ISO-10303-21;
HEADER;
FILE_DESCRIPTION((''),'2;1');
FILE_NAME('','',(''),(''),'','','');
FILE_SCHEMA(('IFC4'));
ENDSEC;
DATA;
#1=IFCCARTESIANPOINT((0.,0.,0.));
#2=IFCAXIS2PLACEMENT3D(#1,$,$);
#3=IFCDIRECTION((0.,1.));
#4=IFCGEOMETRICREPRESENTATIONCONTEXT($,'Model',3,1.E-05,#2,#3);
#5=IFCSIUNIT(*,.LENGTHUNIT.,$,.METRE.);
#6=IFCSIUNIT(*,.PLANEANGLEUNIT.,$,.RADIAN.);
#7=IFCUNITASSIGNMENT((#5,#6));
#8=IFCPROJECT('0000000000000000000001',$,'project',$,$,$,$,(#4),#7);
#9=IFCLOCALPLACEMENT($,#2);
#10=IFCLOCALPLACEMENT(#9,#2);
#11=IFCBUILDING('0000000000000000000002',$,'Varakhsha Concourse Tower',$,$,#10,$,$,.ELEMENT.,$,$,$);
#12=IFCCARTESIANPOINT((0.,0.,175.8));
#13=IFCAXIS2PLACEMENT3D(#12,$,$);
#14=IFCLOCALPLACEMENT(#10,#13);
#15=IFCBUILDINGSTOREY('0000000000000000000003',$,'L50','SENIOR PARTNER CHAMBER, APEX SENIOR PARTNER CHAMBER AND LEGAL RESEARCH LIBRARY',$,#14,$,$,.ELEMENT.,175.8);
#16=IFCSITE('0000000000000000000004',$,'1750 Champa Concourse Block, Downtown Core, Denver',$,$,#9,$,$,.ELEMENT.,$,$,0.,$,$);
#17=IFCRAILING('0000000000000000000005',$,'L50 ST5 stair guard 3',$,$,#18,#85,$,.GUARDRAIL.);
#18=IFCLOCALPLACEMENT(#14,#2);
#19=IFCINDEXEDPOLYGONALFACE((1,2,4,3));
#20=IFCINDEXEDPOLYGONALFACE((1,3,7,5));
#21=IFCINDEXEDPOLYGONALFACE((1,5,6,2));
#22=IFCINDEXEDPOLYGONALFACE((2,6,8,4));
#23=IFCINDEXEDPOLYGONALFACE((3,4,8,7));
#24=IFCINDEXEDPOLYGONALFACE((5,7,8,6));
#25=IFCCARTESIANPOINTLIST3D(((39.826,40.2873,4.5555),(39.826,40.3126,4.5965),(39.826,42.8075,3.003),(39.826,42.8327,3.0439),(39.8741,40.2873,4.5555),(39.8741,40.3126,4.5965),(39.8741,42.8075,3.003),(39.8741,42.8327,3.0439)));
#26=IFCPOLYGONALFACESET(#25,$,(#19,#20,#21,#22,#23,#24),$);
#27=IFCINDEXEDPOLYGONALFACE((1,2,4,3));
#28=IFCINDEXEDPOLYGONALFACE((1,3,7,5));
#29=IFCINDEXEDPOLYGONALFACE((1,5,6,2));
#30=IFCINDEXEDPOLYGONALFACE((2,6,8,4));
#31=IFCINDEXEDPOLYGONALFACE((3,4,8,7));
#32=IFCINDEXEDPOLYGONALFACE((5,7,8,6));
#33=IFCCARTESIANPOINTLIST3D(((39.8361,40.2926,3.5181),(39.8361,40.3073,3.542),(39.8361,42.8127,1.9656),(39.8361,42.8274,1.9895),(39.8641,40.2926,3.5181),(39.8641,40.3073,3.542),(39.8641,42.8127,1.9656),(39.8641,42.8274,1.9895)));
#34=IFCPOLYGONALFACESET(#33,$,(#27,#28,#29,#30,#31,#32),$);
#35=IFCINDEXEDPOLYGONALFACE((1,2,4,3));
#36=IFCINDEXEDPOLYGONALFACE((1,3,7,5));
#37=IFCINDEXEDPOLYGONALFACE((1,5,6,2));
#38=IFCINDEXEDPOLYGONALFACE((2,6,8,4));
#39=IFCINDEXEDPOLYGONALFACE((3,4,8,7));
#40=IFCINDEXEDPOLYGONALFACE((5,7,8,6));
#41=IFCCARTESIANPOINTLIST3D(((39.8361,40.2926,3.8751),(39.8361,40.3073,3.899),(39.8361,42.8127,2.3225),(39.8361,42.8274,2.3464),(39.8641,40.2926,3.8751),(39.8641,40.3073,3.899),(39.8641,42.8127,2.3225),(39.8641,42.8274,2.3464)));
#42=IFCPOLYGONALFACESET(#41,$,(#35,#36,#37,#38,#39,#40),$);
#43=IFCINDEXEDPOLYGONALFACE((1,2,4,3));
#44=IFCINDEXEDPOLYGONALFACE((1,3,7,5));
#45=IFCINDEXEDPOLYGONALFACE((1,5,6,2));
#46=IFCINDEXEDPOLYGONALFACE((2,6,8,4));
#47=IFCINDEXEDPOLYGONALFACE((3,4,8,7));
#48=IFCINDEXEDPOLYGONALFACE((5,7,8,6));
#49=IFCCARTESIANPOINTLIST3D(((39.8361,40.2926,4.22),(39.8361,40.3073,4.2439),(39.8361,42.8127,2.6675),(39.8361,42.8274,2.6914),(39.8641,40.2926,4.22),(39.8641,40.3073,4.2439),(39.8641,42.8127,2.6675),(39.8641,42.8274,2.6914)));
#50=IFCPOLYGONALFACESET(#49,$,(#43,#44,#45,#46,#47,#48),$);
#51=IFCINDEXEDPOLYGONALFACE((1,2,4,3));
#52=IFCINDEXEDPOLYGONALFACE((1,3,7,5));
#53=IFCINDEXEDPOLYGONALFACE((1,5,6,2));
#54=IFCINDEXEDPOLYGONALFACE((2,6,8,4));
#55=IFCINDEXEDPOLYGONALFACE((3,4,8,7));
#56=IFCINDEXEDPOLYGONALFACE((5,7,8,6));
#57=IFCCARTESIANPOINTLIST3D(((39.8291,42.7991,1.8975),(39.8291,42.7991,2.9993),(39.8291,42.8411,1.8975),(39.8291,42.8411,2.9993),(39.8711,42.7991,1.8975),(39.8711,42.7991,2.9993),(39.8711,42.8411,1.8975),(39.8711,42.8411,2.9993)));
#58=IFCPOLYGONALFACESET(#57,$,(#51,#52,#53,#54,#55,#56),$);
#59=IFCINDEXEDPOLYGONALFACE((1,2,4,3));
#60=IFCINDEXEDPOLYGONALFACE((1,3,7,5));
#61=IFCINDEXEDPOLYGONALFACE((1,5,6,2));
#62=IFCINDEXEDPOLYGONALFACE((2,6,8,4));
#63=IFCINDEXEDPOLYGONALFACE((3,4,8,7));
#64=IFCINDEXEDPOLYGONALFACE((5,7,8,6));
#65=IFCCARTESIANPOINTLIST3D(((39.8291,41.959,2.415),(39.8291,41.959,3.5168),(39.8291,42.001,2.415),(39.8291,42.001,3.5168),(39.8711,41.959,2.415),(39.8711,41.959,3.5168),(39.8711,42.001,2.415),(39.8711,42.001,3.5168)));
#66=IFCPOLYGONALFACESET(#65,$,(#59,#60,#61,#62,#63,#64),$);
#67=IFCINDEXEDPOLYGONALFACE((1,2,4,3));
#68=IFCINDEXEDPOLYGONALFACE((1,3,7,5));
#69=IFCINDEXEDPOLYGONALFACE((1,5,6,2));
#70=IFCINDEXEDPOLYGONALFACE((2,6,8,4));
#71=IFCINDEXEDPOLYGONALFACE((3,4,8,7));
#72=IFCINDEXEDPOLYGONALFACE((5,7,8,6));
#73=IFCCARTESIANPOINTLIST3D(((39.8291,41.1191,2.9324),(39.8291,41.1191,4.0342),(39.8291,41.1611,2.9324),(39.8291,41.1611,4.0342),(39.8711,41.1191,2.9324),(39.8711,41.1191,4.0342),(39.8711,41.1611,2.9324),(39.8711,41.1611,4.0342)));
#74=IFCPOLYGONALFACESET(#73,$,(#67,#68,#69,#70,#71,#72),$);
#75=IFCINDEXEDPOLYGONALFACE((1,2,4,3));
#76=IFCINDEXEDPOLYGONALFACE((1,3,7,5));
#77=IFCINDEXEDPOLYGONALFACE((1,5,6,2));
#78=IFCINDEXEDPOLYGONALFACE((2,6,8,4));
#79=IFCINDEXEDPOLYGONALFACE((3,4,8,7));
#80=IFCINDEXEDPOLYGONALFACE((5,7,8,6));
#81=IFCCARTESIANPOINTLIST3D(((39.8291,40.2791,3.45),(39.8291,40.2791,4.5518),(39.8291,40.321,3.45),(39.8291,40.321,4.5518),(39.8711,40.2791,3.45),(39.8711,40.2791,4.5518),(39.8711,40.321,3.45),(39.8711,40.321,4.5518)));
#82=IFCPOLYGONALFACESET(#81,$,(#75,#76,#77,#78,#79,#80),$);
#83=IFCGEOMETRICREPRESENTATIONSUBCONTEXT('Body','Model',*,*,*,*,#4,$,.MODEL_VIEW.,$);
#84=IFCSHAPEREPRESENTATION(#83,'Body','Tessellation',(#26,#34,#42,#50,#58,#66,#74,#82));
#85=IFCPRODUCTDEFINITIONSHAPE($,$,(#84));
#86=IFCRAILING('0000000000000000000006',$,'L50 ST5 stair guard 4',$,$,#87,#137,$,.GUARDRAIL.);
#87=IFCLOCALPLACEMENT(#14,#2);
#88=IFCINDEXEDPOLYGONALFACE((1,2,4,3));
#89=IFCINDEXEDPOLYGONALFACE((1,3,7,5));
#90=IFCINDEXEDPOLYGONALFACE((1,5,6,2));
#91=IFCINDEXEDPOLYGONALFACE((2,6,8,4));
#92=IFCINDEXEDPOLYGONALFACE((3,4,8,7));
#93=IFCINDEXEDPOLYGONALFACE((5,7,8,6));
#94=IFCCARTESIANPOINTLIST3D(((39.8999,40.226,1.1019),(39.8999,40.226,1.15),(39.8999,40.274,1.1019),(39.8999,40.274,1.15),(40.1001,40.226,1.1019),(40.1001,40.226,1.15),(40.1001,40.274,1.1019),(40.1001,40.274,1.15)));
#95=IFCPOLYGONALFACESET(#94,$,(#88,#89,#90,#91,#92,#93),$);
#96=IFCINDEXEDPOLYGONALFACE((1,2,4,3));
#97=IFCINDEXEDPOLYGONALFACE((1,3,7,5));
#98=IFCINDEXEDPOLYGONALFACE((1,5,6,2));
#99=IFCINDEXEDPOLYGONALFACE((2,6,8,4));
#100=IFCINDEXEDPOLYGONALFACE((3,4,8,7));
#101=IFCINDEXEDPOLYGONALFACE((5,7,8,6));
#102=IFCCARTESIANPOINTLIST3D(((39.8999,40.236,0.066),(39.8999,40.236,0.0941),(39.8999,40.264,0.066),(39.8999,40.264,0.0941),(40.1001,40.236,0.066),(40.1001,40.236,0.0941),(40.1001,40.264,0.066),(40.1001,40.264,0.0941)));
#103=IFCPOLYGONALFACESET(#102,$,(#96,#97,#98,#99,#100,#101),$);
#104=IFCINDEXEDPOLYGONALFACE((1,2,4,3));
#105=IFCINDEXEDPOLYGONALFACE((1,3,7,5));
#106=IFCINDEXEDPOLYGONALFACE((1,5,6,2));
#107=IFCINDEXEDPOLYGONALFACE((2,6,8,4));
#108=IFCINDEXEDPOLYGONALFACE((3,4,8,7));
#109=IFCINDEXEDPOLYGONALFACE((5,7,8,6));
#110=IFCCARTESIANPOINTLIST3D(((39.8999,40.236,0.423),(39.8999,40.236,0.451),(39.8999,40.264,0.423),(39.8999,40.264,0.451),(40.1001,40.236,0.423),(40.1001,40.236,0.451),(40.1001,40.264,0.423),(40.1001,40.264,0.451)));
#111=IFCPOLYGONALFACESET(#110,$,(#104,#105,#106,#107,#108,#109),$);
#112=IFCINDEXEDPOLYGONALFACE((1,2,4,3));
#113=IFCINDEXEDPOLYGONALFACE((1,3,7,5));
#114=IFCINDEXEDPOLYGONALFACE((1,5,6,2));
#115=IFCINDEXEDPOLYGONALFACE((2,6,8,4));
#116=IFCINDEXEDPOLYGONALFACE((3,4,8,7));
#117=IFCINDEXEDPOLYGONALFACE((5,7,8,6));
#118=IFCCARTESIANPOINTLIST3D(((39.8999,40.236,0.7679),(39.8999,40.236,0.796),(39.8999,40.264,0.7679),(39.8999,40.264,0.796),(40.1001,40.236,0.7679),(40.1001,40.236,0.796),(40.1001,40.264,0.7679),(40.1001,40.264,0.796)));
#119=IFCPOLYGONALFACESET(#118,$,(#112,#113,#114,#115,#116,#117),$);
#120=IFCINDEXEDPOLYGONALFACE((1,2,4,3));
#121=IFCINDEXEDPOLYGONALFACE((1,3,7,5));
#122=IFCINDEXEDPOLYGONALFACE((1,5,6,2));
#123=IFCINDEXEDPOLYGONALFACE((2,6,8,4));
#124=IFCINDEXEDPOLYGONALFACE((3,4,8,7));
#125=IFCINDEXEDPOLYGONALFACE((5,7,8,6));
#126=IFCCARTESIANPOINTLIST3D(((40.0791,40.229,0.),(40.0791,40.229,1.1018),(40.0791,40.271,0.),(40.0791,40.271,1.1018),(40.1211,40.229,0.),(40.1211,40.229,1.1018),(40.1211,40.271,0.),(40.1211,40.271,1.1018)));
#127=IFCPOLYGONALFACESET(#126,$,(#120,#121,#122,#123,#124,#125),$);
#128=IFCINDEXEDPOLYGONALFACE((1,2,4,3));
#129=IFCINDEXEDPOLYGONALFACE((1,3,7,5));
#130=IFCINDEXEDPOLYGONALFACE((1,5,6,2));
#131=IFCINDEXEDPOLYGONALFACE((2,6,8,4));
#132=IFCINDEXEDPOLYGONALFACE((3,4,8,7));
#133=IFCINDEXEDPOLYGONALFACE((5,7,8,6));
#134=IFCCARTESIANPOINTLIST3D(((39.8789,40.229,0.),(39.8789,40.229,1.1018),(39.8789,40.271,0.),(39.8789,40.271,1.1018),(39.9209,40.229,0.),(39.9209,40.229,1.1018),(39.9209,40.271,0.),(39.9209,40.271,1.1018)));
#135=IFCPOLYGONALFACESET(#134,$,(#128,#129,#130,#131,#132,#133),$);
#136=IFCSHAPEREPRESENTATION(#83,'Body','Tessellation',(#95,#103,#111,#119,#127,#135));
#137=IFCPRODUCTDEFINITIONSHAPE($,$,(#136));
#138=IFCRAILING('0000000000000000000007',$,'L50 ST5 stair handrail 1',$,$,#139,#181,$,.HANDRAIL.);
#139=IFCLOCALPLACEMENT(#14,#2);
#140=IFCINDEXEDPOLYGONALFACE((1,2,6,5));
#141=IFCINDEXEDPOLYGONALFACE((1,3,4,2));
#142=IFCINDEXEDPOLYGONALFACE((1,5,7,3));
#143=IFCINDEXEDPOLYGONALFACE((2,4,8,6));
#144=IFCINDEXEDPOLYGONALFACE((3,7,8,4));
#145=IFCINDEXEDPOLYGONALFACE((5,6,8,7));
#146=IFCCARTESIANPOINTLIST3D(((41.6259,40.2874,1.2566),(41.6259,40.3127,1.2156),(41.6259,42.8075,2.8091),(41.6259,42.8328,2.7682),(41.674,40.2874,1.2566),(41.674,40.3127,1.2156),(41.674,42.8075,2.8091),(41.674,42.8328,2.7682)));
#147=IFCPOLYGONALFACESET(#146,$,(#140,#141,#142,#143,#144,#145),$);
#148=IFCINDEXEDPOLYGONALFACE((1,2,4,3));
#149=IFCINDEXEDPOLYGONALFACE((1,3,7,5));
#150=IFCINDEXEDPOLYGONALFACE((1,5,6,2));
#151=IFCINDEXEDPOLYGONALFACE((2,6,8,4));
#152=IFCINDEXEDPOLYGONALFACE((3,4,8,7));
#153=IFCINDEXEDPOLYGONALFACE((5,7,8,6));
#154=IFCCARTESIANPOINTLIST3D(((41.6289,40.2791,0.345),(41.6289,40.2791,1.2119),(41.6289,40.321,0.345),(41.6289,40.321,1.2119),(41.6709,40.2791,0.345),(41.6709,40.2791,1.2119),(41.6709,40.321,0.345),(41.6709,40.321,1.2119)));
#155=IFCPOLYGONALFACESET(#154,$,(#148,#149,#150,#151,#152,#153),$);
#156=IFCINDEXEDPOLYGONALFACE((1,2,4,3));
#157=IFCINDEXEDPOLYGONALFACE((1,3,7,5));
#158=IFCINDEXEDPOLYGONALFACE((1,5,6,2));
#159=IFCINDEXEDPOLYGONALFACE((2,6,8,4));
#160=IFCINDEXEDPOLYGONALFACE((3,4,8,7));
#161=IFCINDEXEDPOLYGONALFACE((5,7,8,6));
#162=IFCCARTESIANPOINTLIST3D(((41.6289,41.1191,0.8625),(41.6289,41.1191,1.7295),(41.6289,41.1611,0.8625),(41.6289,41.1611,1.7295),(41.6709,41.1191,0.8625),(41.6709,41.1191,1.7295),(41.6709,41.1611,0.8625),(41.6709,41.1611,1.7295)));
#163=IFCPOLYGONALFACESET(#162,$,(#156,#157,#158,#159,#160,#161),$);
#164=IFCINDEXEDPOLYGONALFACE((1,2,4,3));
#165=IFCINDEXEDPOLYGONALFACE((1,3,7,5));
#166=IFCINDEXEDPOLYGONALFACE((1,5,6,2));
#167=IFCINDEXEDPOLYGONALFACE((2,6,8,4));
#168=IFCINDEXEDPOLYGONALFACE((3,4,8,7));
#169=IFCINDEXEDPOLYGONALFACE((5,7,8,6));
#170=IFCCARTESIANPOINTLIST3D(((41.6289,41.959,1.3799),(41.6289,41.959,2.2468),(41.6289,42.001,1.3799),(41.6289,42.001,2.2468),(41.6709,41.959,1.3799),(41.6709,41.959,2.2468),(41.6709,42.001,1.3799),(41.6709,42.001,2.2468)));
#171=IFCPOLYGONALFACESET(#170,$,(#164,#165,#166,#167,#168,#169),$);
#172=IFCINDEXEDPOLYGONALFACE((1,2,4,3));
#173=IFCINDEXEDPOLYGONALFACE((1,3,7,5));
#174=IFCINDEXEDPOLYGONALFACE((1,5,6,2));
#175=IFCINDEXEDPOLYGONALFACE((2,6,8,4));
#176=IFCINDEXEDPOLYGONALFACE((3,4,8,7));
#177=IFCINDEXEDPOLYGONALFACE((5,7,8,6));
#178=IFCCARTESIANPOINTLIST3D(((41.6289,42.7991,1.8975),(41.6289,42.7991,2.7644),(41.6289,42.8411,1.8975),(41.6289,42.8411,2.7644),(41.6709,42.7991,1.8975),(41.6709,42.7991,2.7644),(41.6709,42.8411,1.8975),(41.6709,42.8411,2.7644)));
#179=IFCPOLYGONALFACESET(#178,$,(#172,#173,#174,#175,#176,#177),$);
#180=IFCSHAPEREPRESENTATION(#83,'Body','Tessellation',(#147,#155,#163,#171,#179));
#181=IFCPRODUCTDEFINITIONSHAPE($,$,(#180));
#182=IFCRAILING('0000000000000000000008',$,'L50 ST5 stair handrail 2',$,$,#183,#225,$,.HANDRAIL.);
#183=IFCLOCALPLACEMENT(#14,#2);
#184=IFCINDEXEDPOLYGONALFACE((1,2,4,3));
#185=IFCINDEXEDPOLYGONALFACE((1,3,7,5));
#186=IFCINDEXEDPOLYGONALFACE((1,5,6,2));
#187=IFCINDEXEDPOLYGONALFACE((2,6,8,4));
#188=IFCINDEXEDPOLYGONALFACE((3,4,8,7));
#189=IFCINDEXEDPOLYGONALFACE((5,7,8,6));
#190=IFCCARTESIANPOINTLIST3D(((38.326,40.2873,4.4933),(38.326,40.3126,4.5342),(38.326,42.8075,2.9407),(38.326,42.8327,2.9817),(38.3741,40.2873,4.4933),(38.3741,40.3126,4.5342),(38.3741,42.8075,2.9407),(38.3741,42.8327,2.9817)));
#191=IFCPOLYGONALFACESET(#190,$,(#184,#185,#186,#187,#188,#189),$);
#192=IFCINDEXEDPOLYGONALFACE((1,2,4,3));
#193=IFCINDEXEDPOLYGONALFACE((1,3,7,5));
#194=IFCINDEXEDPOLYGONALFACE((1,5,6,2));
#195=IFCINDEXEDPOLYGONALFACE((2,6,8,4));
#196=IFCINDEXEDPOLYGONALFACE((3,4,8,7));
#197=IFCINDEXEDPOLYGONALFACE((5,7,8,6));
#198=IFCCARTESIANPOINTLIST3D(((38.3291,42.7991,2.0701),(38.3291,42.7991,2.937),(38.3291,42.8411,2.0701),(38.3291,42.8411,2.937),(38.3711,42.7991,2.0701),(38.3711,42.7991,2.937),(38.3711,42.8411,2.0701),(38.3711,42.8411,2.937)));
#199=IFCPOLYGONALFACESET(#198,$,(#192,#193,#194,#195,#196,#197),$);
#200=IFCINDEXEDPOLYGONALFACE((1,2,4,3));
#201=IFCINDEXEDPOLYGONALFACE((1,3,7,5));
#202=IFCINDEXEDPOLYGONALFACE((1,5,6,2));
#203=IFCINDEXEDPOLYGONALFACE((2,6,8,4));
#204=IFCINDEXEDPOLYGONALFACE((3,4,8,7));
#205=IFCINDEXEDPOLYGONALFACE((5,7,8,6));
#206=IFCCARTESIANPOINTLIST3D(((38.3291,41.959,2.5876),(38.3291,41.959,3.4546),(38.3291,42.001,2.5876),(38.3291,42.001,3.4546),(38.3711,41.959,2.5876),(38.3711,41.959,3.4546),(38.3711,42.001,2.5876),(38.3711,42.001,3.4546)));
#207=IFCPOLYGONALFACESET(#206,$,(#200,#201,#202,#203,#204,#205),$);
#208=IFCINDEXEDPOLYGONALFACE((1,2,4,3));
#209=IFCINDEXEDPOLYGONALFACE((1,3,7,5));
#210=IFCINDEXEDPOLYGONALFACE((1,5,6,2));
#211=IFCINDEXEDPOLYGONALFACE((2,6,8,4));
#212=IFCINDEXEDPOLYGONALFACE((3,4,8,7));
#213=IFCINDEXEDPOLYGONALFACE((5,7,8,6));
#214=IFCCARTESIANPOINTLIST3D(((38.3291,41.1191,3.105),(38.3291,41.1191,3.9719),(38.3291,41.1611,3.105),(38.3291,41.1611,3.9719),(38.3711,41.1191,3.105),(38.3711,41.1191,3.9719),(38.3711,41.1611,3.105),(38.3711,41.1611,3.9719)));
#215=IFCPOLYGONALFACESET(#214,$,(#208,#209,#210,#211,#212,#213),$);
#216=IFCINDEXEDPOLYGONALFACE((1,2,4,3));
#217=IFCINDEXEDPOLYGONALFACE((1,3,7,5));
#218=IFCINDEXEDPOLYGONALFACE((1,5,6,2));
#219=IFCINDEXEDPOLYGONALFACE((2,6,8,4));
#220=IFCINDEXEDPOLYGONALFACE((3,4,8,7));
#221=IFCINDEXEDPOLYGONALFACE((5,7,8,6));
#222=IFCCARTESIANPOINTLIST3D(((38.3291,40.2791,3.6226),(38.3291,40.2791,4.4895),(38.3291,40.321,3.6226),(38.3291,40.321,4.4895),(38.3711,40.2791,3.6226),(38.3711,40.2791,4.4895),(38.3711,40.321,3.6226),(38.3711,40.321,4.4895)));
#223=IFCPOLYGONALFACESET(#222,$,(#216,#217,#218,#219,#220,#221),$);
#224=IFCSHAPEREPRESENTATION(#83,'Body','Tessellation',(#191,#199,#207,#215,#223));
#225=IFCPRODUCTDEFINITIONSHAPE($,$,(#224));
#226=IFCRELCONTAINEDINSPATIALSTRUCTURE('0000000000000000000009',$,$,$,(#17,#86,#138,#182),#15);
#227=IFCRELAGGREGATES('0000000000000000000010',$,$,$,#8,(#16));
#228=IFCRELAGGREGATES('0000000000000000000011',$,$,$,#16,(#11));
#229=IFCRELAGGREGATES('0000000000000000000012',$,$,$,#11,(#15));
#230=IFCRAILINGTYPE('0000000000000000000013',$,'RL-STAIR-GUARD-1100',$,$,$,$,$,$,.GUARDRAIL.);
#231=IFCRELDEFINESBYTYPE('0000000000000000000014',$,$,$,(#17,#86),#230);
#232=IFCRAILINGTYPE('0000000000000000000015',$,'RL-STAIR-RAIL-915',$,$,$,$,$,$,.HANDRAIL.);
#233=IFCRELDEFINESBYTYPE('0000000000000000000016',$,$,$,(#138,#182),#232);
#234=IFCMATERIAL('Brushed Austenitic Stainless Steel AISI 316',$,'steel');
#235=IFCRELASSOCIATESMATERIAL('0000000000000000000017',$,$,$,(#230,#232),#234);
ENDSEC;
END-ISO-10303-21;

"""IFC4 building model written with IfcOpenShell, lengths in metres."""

from ifc_helpers import new_model, si_unit, direction, frame, origin, origin_2d, place, context, subcontext, project, spatial, rectangle, extrude, material, type_object, element, save


model = new_model("IFC4")

# Units and contexts
model_context = context("Model", 3, precision=1e-05, world=origin(), true_north=direction((0.0, 1.0)))
body_context = subcontext(model_context, "Body", "Model", "MODEL_VIEW")
ifc_project = project(units=[si_unit("LENGTHUNIT", "METRE"), si_unit("PLANEANGLEUNIT", "RADIAN")], contexts=[model_context])

# Site, building, storey
site_placement = place(None, origin())
site = spatial("IfcSite", under=ifc_project, at=site_placement, Name="1750 Champa Concourse Block, Downtown Core, Denver", CompositionType="ELEMENT", RefElevation=0.0)
building_placement = place(site_placement, origin())
building = spatial("IfcBuilding", under=site, at=building_placement, Name="Varakhsha Concourse Tower", CompositionType="ELEMENT")
storey_placement = place(building_placement, frame((0.0, 0.0, 175.8)))
storey = spatial("IfcBuildingStorey", under=building, at=storey_placement, Name="L50", Description="SENIOR PARTNER CHAMBER, APEX SENIOR PARTNER CHAMBER AND LEGAL RESEARCH LIBRARY", CompositionType="ELEMENT", Elevation=175.8)

# Railings
ifc_material_1 = material(Name="Brushed Austenitic Stainless Steel AISI 316", Category="steel")
railing_type_1 = type_object("IfcRailingType", Name="RL-STAIR-GUARD-1100", PredefinedType="GUARDRAIL", material=ifc_material_1)
railing_1_placement = place(storey_placement, frame((39.8501, 42.8201, 1.8975)))
element("IfcRailing", 1, at=railing_1_placement, inside=storey, type_object=railing_type_1, Name="L50 ST5 stair guard 3", PredefinedType="GUARDRAIL", context=body_context, shape_type="SweptSolid", body=[
    extrude(rectangle(XDim=0.0481, YDim=0.0481, at=origin_2d()), frame((0.0, 0.0, 1.126), z_axis=(0.0, -0.8514, 0.524516), x_axis=(1.0, 0.0, 0.0)), (0.0, 0.0, 1.0), 2.96),
    extrude(rectangle(XDim=0.0281, YDim=0.0281, at=origin_2d()), frame((0.0, 0.0, 0.0801), z_axis=(0.0, -0.8514, 0.524516), x_axis=(1.0, 0.0, 0.0)), (0.0, 0.0, 1.0), 2.96),
    extrude(rectangle(XDim=0.0281, YDim=0.0281, at=origin_2d()), frame((0.0, 0.0, 0.437), z_axis=(0.0, -0.8514, 0.524516), x_axis=(1.0, 0.0, 0.0)), (0.0, 0.0, 1.0), 2.96),
    extrude(rectangle(XDim=0.0281, YDim=0.0281, at=origin_2d()), frame((0.0, 0.0, 0.782), z_axis=(0.0, -0.8514, 0.524516), x_axis=(1.0, 0.0, 0.0)), (0.0, 0.0, 1.0), 2.96),
    extrude(rectangle(XDim=0.042, YDim=0.042, at=origin_2d()), origin(), (0.0, 0.0, 1.0), 1.1018),
    extrude(rectangle(XDim=0.042, YDim=0.042, at=origin_2d()), frame((0.0, -0.8401, 0.5176)), (0.0, 0.0, 1.0), 1.1018),
    extrude(rectangle(XDim=0.042, YDim=0.042, at=origin_2d()), frame((0.0, -1.6799, 1.0349)), (0.0, 0.0, 1.0), 1.1018),
    extrude(rectangle(XDim=0.042, YDim=0.042, at=origin_2d()), frame((0.0, -2.52, 1.5525)), (0.0, 0.0, 1.0), 1.1018),
])
railing_2_placement = place(storey_placement, frame((40.1001, 40.25, 0.0)))
element("IfcRailing", 2, at=railing_2_placement, inside=storey, type_object=railing_type_1, Name="L50 ST5 stair guard 4", PredefinedType="GUARDRAIL", context=body_context, shape_type="SweptSolid", body=[
    extrude(rectangle(XDim=0.0481, YDim=0.0481, at=origin_2d()), frame((0.0, 0.0, 1.126), z_axis=(-1.0, 0.0, 0.0), x_axis=(0.0, -1.0, 0.0)), (0.0, 0.0, 1.0), 0.2002),
    extrude(rectangle(XDim=0.0281, YDim=0.0281, at=origin_2d()), frame((0.0, 0.0, 0.0801), z_axis=(-1.0, 0.0, 0.0), x_axis=(0.0, -1.0, 0.0)), (0.0, 0.0, 1.0), 0.2002),
    extrude(rectangle(XDim=0.0281, YDim=0.0281, at=origin_2d()), frame((0.0, 0.0, 0.437), z_axis=(-1.0, 0.0, 0.0), x_axis=(0.0, -1.0, 0.0)), (0.0, 0.0, 1.0), 0.2002),
    extrude(rectangle(XDim=0.0281, YDim=0.0281, at=origin_2d()), frame((0.0, 0.0, 0.782), z_axis=(-1.0, 0.0, 0.0), x_axis=(0.0, -1.0, 0.0)), (0.0, 0.0, 1.0), 0.2002),
    extrude(rectangle(XDim=0.042, YDim=0.042, at=origin_2d()), origin(), (0.0, 0.0, 1.0), 1.1018),
    extrude(rectangle(XDim=0.042, YDim=0.042, at=origin_2d()), frame((-0.2002, 0.0, 0.0)), (0.0, 0.0, 1.0), 1.1018),
])
railing_type_2 = type_object("IfcRailingType", Name="RL-STAIR-RAIL-915", PredefinedType="HANDRAIL", material=ifc_material_1)
railing_3_placement = place(storey_placement, frame((41.6499, 40.3, 0.345)))
element("IfcRailing", 3, at=railing_3_placement, inside=storey, type_object=railing_type_2, Name="L50 ST5 stair handrail 1", PredefinedType="HANDRAIL", context=body_context, shape_type="SweptSolid", body=[
    extrude(rectangle(XDim=0.0481, YDim=0.0481, at=origin_2d()), frame((0.0, 0.0, 0.8911), z_axis=(0.0, 0.8514, 0.524516), x_axis=(-1.0, 0.0, 0.0)), (0.0, 0.0, 1.0), 2.96),
    extrude(rectangle(XDim=0.042, YDim=0.042, at=origin_2d()), origin(), (0.0, 0.0, 1.0), 0.8669),
    extrude(rectangle(XDim=0.042, YDim=0.042, at=origin_2d()), frame((0.0, 0.8401, 0.5176)), (0.0, 0.0, 1.0), 0.8669),
    extrude(rectangle(XDim=0.042, YDim=0.042, at=origin_2d()), frame((0.0, 1.6799, 1.0349)), (0.0, 0.0, 1.0), 0.8669),
    extrude(rectangle(XDim=0.042, YDim=0.042, at=origin_2d()), frame((0.0, 2.52, 1.5525)), (0.0, 0.0, 1.0), 0.8669),
])
railing_4_placement = place(storey_placement, frame((38.3501, 42.8201, 2.0701)))
element("IfcRailing", 4, at=railing_4_placement, inside=storey, type_object=railing_type_2, Name="L50 ST5 stair handrail 2", PredefinedType="HANDRAIL", context=body_context, shape_type="SweptSolid", body=[
    extrude(rectangle(XDim=0.0481, YDim=0.0481, at=origin_2d()), frame((0.0, 0.0, 0.8911), z_axis=(0.0, -0.8514, 0.524516), x_axis=(1.0, 0.0, 0.0)), (0.0, 0.0, 1.0), 2.96),
    extrude(rectangle(XDim=0.042, YDim=0.042, at=origin_2d()), origin(), (0.0, 0.0, 1.0), 0.8669),
    extrude(rectangle(XDim=0.042, YDim=0.042, at=origin_2d()), frame((0.0, -0.8401, 0.5176)), (0.0, 0.0, 1.0), 0.8669),
    extrude(rectangle(XDim=0.042, YDim=0.042, at=origin_2d()), frame((0.0, -1.6799, 1.0349)), (0.0, 0.0, 1.0), 0.8669),
    extrude(rectangle(XDim=0.042, YDim=0.042, at=origin_2d()), frame((0.0, -2.52, 1.5525)), (0.0, 0.0, 1.0), 0.8669),
])

save(model, "model.ifc")
